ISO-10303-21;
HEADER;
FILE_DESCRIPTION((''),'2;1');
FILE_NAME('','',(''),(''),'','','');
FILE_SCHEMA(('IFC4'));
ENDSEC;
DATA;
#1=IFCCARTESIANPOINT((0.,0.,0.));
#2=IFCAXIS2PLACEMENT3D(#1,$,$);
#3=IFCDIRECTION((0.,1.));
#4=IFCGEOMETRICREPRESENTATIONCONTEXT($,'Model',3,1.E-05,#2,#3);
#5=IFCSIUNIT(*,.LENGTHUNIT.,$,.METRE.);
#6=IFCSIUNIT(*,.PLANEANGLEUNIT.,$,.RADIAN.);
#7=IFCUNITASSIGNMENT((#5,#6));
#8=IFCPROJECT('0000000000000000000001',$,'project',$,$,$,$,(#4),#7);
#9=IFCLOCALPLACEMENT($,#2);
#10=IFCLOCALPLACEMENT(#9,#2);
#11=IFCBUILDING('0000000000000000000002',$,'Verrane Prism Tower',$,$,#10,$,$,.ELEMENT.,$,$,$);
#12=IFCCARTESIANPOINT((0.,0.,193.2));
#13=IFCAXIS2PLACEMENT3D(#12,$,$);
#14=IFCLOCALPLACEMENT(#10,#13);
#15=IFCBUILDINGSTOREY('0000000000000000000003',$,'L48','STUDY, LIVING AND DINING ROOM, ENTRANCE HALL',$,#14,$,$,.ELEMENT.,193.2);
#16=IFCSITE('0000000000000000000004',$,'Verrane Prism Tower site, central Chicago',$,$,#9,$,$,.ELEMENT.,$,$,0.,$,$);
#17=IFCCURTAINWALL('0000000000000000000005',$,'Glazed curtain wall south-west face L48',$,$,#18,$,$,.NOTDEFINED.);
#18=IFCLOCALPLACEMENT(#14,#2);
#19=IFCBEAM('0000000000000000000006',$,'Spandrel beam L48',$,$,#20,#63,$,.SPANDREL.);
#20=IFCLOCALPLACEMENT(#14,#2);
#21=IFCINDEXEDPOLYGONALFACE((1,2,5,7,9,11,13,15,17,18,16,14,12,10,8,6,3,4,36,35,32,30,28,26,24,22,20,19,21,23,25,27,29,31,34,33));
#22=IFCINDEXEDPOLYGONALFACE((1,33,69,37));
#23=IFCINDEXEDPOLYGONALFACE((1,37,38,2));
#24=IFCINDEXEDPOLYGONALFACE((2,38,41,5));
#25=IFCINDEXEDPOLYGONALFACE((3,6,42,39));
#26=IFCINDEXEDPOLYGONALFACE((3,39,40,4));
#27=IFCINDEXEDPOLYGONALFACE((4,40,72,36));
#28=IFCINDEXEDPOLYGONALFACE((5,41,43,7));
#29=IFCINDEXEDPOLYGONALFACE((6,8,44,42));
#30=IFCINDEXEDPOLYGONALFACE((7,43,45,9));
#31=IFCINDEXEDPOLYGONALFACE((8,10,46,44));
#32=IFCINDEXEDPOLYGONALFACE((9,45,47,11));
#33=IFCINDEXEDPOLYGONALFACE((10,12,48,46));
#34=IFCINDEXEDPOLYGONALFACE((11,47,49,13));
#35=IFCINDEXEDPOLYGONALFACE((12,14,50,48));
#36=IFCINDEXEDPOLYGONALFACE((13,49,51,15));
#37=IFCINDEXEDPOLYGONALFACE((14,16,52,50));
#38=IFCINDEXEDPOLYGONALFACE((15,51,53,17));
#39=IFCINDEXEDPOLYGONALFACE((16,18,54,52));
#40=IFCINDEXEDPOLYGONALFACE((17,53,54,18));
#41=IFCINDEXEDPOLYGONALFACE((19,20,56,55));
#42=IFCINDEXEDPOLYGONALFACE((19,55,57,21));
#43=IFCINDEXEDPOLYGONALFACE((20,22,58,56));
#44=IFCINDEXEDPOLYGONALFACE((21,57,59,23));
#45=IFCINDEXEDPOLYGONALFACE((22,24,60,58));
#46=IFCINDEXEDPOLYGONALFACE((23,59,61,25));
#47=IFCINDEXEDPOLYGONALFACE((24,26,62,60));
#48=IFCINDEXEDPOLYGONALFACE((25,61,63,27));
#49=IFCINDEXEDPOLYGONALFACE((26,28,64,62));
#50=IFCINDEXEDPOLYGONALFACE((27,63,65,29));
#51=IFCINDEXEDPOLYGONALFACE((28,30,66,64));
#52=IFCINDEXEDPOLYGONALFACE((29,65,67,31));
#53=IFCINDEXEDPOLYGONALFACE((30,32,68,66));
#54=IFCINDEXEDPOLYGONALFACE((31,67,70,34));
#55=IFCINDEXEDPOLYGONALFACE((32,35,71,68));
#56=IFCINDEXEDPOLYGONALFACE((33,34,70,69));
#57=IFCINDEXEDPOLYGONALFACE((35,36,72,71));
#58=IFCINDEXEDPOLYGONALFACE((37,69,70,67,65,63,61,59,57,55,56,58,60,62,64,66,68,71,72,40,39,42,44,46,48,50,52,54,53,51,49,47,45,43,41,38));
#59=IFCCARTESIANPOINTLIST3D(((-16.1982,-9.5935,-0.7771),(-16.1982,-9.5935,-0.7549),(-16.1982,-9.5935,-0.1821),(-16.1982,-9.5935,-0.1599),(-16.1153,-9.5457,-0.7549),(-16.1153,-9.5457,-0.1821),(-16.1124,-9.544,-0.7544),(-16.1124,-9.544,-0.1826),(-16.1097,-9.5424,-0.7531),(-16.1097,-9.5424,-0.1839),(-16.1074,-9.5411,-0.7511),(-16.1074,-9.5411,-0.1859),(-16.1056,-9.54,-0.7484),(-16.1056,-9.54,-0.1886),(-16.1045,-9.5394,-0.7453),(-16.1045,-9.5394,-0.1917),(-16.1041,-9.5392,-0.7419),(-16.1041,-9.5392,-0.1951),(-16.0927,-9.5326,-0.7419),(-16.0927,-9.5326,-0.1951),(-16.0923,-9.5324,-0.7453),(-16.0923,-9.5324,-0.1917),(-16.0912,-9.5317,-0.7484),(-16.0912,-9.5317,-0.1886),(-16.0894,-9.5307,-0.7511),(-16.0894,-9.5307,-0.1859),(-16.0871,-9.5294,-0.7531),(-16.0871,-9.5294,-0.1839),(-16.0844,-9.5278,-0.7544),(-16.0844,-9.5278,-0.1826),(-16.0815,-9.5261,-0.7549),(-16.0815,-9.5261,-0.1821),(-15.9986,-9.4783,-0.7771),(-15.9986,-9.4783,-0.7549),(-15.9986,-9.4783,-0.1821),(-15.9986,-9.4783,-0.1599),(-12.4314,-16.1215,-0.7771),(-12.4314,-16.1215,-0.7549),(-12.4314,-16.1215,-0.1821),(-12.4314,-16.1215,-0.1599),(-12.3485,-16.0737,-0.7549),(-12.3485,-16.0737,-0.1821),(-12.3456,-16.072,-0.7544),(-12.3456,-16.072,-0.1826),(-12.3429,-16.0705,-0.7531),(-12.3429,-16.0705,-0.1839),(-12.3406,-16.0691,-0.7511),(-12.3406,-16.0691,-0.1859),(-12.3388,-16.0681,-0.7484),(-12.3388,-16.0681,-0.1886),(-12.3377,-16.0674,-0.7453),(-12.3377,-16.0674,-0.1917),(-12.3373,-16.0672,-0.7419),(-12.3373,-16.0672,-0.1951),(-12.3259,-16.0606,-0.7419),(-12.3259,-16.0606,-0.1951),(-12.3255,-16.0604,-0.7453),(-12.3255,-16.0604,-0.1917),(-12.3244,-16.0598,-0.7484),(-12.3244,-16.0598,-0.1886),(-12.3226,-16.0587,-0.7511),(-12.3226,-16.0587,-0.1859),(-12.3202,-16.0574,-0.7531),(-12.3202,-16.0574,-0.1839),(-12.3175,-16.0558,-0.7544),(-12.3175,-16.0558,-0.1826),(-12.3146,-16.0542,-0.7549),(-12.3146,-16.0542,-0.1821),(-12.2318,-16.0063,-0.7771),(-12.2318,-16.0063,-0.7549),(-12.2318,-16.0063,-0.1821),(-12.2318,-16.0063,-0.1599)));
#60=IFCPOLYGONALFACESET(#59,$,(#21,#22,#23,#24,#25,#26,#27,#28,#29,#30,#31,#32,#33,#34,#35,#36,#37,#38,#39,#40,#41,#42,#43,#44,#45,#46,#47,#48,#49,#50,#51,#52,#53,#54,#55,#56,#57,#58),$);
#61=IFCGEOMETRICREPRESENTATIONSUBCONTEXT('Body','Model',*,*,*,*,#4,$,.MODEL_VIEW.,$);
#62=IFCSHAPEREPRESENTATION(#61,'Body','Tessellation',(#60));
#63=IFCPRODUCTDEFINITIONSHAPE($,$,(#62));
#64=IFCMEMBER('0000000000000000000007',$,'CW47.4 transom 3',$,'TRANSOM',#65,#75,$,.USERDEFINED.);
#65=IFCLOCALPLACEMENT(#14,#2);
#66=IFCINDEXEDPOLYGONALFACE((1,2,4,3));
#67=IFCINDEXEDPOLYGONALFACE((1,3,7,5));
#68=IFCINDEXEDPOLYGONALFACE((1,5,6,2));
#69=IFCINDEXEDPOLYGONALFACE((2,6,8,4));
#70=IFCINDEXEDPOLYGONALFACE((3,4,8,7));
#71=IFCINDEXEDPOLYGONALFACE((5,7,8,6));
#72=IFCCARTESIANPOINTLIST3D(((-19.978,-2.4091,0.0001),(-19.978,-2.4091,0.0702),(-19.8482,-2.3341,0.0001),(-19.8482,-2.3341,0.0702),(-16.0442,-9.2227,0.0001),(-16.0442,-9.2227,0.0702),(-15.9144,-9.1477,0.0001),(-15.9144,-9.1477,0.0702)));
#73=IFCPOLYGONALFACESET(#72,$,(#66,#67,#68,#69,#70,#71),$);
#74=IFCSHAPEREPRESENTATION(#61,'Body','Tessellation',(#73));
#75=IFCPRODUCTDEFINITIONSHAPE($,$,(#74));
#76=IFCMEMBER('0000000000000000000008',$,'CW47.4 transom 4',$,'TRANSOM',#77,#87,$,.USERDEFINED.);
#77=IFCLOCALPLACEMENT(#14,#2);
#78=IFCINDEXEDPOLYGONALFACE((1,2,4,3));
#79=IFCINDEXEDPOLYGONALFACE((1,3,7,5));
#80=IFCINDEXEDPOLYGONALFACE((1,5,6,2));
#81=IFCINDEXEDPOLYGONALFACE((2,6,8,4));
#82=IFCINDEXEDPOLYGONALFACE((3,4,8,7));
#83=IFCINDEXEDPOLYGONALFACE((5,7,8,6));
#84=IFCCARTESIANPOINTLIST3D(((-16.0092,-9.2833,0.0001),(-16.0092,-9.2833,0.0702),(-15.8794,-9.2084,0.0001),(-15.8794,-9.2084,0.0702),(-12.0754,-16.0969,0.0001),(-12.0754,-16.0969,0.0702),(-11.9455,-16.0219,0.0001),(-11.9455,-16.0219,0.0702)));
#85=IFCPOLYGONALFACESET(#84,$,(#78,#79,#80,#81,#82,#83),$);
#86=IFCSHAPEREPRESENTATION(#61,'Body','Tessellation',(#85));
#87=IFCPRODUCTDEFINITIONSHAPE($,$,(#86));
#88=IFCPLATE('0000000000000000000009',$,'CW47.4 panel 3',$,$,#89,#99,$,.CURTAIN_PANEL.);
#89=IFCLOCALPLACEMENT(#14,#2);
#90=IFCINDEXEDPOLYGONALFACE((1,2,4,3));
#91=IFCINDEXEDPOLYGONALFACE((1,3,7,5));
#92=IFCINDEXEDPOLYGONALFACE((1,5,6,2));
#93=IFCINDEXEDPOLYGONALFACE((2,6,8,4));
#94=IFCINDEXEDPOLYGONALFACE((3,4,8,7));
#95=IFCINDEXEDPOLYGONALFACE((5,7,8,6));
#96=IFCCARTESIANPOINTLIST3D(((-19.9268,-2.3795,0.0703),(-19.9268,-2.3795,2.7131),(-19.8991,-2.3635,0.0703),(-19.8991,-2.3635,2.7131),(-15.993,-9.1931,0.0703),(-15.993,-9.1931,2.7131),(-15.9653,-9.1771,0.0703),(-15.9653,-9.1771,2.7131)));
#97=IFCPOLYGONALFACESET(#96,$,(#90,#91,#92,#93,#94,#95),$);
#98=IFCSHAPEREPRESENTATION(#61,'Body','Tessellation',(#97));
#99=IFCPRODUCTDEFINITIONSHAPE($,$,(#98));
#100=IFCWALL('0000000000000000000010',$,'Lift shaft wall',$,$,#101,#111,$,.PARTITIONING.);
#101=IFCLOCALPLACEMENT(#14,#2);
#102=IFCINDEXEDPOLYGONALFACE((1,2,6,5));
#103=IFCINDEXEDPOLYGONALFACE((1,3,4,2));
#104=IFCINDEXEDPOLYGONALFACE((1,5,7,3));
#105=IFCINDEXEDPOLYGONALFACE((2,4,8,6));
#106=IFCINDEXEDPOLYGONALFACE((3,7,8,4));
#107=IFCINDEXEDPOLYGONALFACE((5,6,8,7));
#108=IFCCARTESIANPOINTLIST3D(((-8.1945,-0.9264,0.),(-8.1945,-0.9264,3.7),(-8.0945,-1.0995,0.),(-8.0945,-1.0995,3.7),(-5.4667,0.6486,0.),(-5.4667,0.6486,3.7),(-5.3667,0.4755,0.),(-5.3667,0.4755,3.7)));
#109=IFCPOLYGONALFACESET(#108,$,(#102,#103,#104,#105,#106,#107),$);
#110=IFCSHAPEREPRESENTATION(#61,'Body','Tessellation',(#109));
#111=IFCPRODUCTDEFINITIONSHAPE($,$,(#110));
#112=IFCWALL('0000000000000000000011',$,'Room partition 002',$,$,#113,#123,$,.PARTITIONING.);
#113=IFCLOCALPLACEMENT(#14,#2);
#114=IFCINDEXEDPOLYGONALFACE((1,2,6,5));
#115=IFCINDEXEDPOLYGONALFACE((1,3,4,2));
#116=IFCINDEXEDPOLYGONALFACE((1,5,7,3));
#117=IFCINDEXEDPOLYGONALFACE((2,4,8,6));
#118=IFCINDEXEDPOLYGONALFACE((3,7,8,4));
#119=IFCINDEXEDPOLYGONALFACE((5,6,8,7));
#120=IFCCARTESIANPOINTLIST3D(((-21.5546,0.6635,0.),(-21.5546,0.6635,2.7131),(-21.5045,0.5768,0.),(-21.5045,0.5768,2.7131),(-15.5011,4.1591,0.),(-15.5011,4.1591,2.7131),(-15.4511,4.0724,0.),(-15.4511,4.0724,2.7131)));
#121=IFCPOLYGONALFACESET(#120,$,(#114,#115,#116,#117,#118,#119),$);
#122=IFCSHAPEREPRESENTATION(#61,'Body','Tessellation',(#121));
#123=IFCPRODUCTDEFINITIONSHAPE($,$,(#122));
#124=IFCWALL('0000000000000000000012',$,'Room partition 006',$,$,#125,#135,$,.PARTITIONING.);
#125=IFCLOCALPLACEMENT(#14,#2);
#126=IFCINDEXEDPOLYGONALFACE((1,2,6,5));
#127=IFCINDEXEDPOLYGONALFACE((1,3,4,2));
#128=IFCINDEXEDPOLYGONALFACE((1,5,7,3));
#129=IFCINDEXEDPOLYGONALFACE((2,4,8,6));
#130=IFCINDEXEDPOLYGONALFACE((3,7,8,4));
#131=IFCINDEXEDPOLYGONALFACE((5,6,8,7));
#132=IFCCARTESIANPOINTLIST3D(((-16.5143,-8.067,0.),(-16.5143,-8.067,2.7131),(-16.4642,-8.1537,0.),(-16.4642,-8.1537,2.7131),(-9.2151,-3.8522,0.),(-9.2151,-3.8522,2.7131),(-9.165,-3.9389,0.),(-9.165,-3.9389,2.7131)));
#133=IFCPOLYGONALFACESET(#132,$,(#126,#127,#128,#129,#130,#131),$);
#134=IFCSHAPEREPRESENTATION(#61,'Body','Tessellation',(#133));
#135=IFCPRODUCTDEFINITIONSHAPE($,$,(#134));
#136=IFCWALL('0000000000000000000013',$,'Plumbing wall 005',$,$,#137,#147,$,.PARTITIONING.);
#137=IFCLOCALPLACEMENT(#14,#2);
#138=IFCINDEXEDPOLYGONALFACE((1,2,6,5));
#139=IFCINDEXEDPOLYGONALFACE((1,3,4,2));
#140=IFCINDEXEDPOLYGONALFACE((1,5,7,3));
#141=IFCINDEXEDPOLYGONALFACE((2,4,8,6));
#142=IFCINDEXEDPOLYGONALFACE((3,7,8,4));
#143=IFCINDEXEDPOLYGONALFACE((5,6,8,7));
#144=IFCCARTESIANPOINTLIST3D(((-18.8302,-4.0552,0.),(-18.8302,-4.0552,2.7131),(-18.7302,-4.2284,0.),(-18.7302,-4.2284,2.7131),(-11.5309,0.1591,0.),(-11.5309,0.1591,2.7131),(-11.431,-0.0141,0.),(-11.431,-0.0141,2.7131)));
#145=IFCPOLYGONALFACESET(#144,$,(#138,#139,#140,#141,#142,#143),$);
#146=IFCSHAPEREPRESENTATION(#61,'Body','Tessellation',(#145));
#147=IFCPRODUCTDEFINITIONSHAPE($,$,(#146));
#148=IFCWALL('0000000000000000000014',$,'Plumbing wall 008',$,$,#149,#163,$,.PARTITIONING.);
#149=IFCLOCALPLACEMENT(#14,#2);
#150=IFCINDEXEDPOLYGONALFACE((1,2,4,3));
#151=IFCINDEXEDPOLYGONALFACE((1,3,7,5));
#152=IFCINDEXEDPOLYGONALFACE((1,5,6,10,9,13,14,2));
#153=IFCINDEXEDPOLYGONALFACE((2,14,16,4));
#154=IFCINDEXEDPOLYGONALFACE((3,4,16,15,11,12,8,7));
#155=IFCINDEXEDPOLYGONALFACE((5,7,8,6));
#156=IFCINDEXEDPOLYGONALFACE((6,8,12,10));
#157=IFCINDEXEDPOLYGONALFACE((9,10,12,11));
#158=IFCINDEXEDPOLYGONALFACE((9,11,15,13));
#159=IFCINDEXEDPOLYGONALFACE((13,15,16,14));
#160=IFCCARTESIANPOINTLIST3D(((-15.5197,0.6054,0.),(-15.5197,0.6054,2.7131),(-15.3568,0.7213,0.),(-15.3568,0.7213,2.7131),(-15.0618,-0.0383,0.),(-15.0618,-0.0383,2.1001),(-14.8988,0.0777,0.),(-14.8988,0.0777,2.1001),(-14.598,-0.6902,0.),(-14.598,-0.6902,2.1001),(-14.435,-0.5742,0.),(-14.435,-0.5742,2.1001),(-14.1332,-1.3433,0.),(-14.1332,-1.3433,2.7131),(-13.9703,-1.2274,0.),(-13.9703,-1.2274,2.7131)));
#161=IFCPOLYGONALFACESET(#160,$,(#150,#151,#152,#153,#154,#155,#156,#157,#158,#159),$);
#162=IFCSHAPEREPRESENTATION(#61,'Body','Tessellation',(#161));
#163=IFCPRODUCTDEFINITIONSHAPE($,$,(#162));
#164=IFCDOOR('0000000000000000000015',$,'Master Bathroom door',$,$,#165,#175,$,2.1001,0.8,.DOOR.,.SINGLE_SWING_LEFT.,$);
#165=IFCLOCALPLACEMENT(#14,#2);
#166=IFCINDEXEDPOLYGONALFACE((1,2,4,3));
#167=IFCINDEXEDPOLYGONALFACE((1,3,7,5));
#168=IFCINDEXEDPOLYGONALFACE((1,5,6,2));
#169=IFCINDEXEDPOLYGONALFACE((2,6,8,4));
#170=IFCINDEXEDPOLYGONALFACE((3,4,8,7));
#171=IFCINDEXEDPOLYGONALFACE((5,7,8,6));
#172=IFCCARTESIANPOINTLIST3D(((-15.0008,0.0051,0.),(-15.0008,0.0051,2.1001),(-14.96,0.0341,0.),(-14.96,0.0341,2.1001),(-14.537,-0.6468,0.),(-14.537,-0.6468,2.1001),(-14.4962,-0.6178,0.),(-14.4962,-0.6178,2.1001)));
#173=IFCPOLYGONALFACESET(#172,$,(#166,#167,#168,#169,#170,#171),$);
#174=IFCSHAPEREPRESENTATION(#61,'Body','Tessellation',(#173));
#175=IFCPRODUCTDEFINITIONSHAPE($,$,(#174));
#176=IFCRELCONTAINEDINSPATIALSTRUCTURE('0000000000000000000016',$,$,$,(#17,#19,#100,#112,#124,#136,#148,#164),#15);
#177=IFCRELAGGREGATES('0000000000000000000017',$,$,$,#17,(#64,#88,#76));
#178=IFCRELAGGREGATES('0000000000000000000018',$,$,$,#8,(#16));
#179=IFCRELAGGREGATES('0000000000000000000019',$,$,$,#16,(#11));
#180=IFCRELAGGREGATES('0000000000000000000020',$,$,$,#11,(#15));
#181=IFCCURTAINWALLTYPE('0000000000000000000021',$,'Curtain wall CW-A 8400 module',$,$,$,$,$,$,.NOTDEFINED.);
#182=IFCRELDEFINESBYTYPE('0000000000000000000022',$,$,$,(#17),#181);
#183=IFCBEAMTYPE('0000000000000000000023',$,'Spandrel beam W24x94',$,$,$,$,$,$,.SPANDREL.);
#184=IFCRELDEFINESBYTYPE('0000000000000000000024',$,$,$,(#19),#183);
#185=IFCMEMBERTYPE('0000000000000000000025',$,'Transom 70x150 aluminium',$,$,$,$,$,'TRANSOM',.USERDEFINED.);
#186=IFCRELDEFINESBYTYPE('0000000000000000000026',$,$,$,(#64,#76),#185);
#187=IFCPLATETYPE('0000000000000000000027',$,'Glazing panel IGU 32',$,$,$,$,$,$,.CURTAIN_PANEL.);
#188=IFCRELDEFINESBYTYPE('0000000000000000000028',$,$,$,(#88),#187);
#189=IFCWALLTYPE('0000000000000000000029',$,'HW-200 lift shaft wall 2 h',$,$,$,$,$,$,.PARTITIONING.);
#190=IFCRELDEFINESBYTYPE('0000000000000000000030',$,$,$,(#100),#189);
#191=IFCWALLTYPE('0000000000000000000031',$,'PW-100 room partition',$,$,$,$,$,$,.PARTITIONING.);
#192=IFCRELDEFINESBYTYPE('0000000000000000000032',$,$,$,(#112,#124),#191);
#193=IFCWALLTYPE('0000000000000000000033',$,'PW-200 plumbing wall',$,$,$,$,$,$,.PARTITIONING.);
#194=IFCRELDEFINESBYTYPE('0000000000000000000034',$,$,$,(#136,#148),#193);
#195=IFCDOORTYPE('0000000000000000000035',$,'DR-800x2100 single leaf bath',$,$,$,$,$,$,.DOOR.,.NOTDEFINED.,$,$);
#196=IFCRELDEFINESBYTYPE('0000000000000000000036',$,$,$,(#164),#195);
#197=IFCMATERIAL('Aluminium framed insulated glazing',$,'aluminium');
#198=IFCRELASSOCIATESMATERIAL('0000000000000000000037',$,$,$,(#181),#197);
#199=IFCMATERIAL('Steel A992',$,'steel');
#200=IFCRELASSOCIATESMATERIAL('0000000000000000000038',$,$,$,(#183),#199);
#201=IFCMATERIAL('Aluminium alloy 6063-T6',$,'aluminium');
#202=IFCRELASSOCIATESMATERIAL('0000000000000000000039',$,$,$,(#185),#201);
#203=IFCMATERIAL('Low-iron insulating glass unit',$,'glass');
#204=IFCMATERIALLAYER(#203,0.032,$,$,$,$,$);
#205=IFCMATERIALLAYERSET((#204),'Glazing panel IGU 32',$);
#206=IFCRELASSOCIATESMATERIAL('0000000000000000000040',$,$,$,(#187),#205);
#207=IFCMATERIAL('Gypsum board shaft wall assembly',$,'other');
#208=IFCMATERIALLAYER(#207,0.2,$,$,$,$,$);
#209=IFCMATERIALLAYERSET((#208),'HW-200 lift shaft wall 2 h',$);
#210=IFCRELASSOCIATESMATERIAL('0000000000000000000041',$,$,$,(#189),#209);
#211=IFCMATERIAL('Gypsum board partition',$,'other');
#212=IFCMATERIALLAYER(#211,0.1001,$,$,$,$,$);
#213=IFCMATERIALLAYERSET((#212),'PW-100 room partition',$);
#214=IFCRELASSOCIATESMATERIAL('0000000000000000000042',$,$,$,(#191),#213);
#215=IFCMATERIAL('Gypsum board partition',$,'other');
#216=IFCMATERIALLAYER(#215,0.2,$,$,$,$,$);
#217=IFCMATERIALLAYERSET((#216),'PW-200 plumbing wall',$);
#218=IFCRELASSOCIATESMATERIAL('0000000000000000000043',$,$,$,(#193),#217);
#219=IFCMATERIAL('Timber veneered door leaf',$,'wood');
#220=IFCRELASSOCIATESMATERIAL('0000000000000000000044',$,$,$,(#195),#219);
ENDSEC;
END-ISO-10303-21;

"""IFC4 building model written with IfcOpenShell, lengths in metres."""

from ifc_helpers import new_model, si_unit, direction, frame, frame_2d, origin, origin_2d, place, context, subcontext, project, spatial, rectangle, i_section, extrude, material, layer, layer_set, material_profile, profile_set, type_object, element, fill, aggregate, save


model = new_model("IFC4")

# Units and contexts
model_context = context("Model", 3, precision=1e-05, world=origin(), true_north=direction((0.0, 1.0)))
body_context = subcontext(model_context, "Body", "Model", "MODEL_VIEW")
ifc_project = project(units=[si_unit("LENGTHUNIT", "METRE"), si_unit("PLANEANGLEUNIT", "RADIAN")], contexts=[model_context])

# Site, building, storey
site_placement = place(None, origin())
site = spatial("IfcSite", under=ifc_project, at=site_placement, Name="Verrane Prism Tower site, central Chicago", CompositionType="ELEMENT", RefElevation=0.0)
building_placement = place(site_placement, origin())
building = spatial("IfcBuilding", under=site, at=building_placement, Name="Verrane Prism Tower", CompositionType="ELEMENT")
storey_placement = place(building_placement, frame((0.0, 0.0, 193.2)))
storey = spatial("IfcBuildingStorey", under=building, at=storey_placement, Name="L48", Description="STUDY, LIVING AND DINING ROOM, ENTRANCE HALL", CompositionType="ELEMENT", Elevation=193.2)

# Curtain wall
ifc_material_1 = material(Name="Aluminium framed insulated glazing", Category="aluminium")
curtain_wall_type = type_object("IfcCurtainWallType", Name="Curtain wall CW-A 8400 module", PredefinedType="NOTDEFINED", material=ifc_material_1)
curtain_wall_placement = place(storey_placement, origin())
curtain_wall = element("IfcCurtainWall", 1, at=curtain_wall_placement, inside=storey, type_object=curtain_wall_type, Name="Glazed curtain wall south-west face L48", PredefinedType="NOTDEFINED")

# Beam
ifc_material_2 = material(Name="Steel A992", Category="steel")
ifc_material_profile_1 = material_profile(ifc_material_2, i_section(OverallWidth=0.2305, OverallDepth=0.6172, WebThickness=0.0132, FlangeThickness=0.0222, FilletRadius=0.0129, at=origin_2d()), Name="W24x94")
ifc_profile_set_1 = profile_set([ifc_material_profile_1], Name="Steel A992")
beam_type_1 = type_object("IfcBeamType", Name="Spandrel beam W24x94", PredefinedType="SPANDREL", material=ifc_profile_set_1)
beam_1_placement = place(storey_placement, frame((-16.0984, -9.5359, -0.4685), z_axis=(0.499787, -0.866148, 0.0), x_axis=(0.866148, 0.499787, 0.0)))
element("IfcBeam", 2, at=beam_1_placement, inside=storey, type_object=beam_type_1, Name="Spandrel beam L48", PredefinedType="SPANDREL", context=body_context, shape_type="SweptSolid", body=[
    extrude(i_section(OverallWidth=0.2305, OverallDepth=0.6172, WebThickness=0.0132, FlangeThickness=0.0222, FilletRadius=0.0129, at=origin_2d()), origin(), (0.0, 0.0, 1.0), 7.5369),
])

# Members
ifc_material_3 = material(Name="Aluminium alloy 6063-T6", Category="aluminium")
ifc_material_profile_2 = material_profile(ifc_material_3, rectangle(XDim=0.1499, YDim=0.0701, at=origin_2d()), Name="Transom 70x150 aluminium")
ifc_profile_set_2 = profile_set([ifc_material_profile_2], Name="Aluminium alloy 6063-T6")
member_type_1 = type_object("IfcMemberType", Name="Transom 70x150 aluminium", ElementType="TRANSOM", PredefinedType="USERDEFINED", material=ifc_profile_set_2)
member_1_placement = place(storey_placement, frame((-19.9131, -2.3716, 0.0352), z_axis=(0.499994, -0.866029, 0.0), x_axis=(0.866029, 0.499994, 0.0)))
member_1 = element("IfcMember", 3, at=member_1_placement, type_object=member_type_1, Name="CW47.4 transom 3", ObjectType="TRANSOM", PredefinedType="USERDEFINED", context=body_context, shape_type="SweptSolid", body=[
    extrude(rectangle(XDim=0.1499, YDim=0.0701, at=origin_2d()), origin(), (0.0, 0.0, 1.0), 7.8677),
])
member_2_placement = place(storey_placement, frame((-15.9443, -9.2458, 0.0352), z_axis=(0.500007, -0.866021, 0.0), x_axis=(0.866021, 0.500007, 0.0)))
member_2 = element("IfcMember", 4, at=member_2_placement, type_object=member_type_1, Name="CW47.4 transom 4", ObjectType="TRANSOM", PredefinedType="USERDEFINED", context=body_context, shape_type="SweptSolid", body=[
    extrude(rectangle(XDim=0.1499, YDim=0.0701, at=origin_2d()), origin(), (0.0, 0.0, 1.0), 7.8677),
])

# Plate
ifc_material_4 = material(Name="Low-iron insulating glass unit", Category="glass")
ifc_layer_1 = layer(ifc_material_4, 0.032)
ifc_layer_set_1 = layer_set([ifc_layer_1], Name="Glazing panel IGU 32")
plate_type = type_object("IfcPlateType", Name="Glazing panel IGU 32", PredefinedType="CURTAIN_PANEL", material=ifc_layer_set_1)
plate_placement = place(storey_placement, frame((-17.946, -5.7783, 0.0703), z_axis=(0.0, 0.0, 1.0), x_axis=(0.5, -0.866026, 0.0)))
plate = element("IfcPlate", 5, at=plate_placement, type_object=plate_type, Name="CW47.4 panel 3", PredefinedType="CURTAIN_PANEL", context=body_context, shape_type="SweptSolid", body=[
    extrude(rectangle(XDim=7.8677, YDim=0.032, at=origin_2d()), origin(), (0.0, 0.0, 1.0), 2.6428),
])
aggregate(curtain_wall, [member_1, plate, member_2])

# Walls
ifc_material_5 = material(Name="Gypsum board shaft wall assembly", Category="other")
ifc_layer_2 = layer(ifc_material_5, 0.2)
ifc_layer_set_2 = layer_set([ifc_layer_2], Name="HW-200 lift shaft wall 2 h")
wall_type_1 = type_object("IfcWallType", Name="HW-200 lift shaft wall 2 h", PredefinedType="PARTITIONING", material=ifc_layer_set_2)
wall_1_placement = place(storey_placement, frame((-8.1445, -1.0129, 0.0), z_axis=(0.0, 0.0, 1.0), x_axis=(0.866016, 0.500015, 0.0)))
element("IfcWall", 6, at=wall_1_placement, inside=storey, type_object=wall_type_1, Name="Lift shaft wall", PredefinedType="PARTITIONING", context=body_context, shape_type="SweptSolid", body=[
    extrude(rectangle(XDim=3.1499, YDim=0.2, at=frame_2d((1.575, 0.0))), origin(), (0.0, 0.0, 1.0), 3.7),
])
ifc_material_6 = material(Name="Gypsum board partition", Category="other")
ifc_layer_3 = layer(ifc_material_6, 0.1001)
ifc_layer_set_3 = layer_set([ifc_layer_3], Name="PW-100 room partition")
wall_type_2 = type_object("IfcWallType", Name="PW-100 room partition", PredefinedType="PARTITIONING", material=ifc_layer_set_3)
wall_2_placement = place(storey_placement, frame((-21.5295, 0.6201, 0.0), z_axis=(0.0, 0.0, 1.0), x_axis=(0.865986, 0.500068, 0.0)))
element("IfcWall", 7, at=wall_2_placement, inside=storey, type_object=wall_type_2, Name="Room partition 002", PredefinedType="PARTITIONING", context=body_context, shape_type="SweptSolid", body=[
    extrude(rectangle(XDim=6.9902, YDim=0.1001, at=frame_2d((3.4951, 0.0))), origin(), (0.0, 0.0, 1.0), 2.7131),
])
wall_3_placement = place(storey_placement, frame((-16.4893, -8.1104, 0.0), z_axis=(0.0, 0.0, 1.0), x_axis=(0.865996, 0.500052, 0.0)))
element("IfcWall", 8, at=wall_3_placement, inside=storey, type_object=wall_type_2, Name="Room partition 006", PredefinedType="PARTITIONING", context=body_context, shape_type="SweptSolid", body=[
    extrude(rectangle(XDim=8.4287, YDim=0.1001, at=frame_2d((4.2144, 0.0))), origin(), (0.0, 0.0, 1.0), 2.7131),
])
ifc_material_7 = material(Name="Gypsum board partition", Category="other")
ifc_layer_4 = layer(ifc_material_7, 0.2)
ifc_layer_set_4 = layer_set([ifc_layer_4], Name="PW-200 plumbing wall")
wall_type_3 = type_object("IfcWallType", Name="PW-200 plumbing wall", PredefinedType="PARTITIONING", material=ifc_layer_set_4)
wall_4_placement = place(storey_placement, frame((-18.7803, -4.1418, 0.0), z_axis=(0.0, 0.0, 1.0), x_axis=(0.866021, 0.500008, 0.0)))
element("IfcWall", 9, at=wall_4_placement, inside=storey, type_object=wall_type_3, Name="Plumbing wall 005", PredefinedType="PARTITIONING", context=body_context, shape_type="SweptSolid", body=[
    extrude(rectangle(XDim=8.4285, YDim=0.2, at=frame_2d((4.2144, 0.0))), origin(), (0.0, 0.0, 1.0), 2.7131),
])

# Wall, opening, door
wall_5_placement = place(storey_placement, frame((-15.4382, 0.6633, 0.0), z_axis=(0.0, 0.0, 1.0), x_axis=(0.579721, -0.814815, 0.0)))
wall_5 = element("IfcWall", 10, at=wall_5_placement, inside=storey, type_object=wall_type_3, Name="Plumbing wall 008", PredefinedType="PARTITIONING", context=body_context, shape_type="SweptSolid", body=[
    extrude(rectangle(XDim=2.3916, YDim=0.2, at=frame_2d((1.1958, 0.0))), origin(), (0.0, 0.0, 1.0), 2.7131),
])
opening_1_placement = place(wall_5_placement, frame((0.79, 0.0, 0.0)))
opening_1 = element("IfcOpeningElement", 11, at=opening_1_placement, cuts=wall_5, PredefinedType="OPENING", context=body_context, shape_type="SweptSolid", body=[
    extrude(rectangle(XDim=0.8, YDim=2.1001, at=frame_2d((0.3999, 1.05))), frame((0.0, 0.1099, 0.0), z_axis=(0.0, -1.0, 0.0), x_axis=(1.0, 0.0, 0.0)), (0.0, 0.0, 1.0), 0.22),
])
ifc_material_8 = material(Name="Timber veneered door leaf", Category="wood")
door_type = type_object("IfcDoorType", Name="DR-800x2100 single leaf bath", OperationType="NOTDEFINED", PredefinedType="DOOR", material=ifc_material_8)
door_1_placement = place(opening_1_placement, origin())
door_1 = element("IfcDoor", 12, at=door_1_placement, inside=storey, type_object=door_type, Name="Master Bathroom door", OperationType="SINGLE_SWING_LEFT", OverallHeight=2.1001, OverallWidth=0.8, PredefinedType="DOOR", context=body_context, shape_type="SweptSolid", body=[
    extrude(rectangle(XDim=0.8, YDim=2.1001, at=frame_2d((0.3999, 1.05))), frame((0.0, 0.0249, 0.0), z_axis=(0.0, -1.0, 0.0), x_axis=(1.0, 0.0, 0.0)), (0.0, 0.0, 1.0), 0.05),
])
fill(opening_1, door_1)

save(model, "model.ifc")
